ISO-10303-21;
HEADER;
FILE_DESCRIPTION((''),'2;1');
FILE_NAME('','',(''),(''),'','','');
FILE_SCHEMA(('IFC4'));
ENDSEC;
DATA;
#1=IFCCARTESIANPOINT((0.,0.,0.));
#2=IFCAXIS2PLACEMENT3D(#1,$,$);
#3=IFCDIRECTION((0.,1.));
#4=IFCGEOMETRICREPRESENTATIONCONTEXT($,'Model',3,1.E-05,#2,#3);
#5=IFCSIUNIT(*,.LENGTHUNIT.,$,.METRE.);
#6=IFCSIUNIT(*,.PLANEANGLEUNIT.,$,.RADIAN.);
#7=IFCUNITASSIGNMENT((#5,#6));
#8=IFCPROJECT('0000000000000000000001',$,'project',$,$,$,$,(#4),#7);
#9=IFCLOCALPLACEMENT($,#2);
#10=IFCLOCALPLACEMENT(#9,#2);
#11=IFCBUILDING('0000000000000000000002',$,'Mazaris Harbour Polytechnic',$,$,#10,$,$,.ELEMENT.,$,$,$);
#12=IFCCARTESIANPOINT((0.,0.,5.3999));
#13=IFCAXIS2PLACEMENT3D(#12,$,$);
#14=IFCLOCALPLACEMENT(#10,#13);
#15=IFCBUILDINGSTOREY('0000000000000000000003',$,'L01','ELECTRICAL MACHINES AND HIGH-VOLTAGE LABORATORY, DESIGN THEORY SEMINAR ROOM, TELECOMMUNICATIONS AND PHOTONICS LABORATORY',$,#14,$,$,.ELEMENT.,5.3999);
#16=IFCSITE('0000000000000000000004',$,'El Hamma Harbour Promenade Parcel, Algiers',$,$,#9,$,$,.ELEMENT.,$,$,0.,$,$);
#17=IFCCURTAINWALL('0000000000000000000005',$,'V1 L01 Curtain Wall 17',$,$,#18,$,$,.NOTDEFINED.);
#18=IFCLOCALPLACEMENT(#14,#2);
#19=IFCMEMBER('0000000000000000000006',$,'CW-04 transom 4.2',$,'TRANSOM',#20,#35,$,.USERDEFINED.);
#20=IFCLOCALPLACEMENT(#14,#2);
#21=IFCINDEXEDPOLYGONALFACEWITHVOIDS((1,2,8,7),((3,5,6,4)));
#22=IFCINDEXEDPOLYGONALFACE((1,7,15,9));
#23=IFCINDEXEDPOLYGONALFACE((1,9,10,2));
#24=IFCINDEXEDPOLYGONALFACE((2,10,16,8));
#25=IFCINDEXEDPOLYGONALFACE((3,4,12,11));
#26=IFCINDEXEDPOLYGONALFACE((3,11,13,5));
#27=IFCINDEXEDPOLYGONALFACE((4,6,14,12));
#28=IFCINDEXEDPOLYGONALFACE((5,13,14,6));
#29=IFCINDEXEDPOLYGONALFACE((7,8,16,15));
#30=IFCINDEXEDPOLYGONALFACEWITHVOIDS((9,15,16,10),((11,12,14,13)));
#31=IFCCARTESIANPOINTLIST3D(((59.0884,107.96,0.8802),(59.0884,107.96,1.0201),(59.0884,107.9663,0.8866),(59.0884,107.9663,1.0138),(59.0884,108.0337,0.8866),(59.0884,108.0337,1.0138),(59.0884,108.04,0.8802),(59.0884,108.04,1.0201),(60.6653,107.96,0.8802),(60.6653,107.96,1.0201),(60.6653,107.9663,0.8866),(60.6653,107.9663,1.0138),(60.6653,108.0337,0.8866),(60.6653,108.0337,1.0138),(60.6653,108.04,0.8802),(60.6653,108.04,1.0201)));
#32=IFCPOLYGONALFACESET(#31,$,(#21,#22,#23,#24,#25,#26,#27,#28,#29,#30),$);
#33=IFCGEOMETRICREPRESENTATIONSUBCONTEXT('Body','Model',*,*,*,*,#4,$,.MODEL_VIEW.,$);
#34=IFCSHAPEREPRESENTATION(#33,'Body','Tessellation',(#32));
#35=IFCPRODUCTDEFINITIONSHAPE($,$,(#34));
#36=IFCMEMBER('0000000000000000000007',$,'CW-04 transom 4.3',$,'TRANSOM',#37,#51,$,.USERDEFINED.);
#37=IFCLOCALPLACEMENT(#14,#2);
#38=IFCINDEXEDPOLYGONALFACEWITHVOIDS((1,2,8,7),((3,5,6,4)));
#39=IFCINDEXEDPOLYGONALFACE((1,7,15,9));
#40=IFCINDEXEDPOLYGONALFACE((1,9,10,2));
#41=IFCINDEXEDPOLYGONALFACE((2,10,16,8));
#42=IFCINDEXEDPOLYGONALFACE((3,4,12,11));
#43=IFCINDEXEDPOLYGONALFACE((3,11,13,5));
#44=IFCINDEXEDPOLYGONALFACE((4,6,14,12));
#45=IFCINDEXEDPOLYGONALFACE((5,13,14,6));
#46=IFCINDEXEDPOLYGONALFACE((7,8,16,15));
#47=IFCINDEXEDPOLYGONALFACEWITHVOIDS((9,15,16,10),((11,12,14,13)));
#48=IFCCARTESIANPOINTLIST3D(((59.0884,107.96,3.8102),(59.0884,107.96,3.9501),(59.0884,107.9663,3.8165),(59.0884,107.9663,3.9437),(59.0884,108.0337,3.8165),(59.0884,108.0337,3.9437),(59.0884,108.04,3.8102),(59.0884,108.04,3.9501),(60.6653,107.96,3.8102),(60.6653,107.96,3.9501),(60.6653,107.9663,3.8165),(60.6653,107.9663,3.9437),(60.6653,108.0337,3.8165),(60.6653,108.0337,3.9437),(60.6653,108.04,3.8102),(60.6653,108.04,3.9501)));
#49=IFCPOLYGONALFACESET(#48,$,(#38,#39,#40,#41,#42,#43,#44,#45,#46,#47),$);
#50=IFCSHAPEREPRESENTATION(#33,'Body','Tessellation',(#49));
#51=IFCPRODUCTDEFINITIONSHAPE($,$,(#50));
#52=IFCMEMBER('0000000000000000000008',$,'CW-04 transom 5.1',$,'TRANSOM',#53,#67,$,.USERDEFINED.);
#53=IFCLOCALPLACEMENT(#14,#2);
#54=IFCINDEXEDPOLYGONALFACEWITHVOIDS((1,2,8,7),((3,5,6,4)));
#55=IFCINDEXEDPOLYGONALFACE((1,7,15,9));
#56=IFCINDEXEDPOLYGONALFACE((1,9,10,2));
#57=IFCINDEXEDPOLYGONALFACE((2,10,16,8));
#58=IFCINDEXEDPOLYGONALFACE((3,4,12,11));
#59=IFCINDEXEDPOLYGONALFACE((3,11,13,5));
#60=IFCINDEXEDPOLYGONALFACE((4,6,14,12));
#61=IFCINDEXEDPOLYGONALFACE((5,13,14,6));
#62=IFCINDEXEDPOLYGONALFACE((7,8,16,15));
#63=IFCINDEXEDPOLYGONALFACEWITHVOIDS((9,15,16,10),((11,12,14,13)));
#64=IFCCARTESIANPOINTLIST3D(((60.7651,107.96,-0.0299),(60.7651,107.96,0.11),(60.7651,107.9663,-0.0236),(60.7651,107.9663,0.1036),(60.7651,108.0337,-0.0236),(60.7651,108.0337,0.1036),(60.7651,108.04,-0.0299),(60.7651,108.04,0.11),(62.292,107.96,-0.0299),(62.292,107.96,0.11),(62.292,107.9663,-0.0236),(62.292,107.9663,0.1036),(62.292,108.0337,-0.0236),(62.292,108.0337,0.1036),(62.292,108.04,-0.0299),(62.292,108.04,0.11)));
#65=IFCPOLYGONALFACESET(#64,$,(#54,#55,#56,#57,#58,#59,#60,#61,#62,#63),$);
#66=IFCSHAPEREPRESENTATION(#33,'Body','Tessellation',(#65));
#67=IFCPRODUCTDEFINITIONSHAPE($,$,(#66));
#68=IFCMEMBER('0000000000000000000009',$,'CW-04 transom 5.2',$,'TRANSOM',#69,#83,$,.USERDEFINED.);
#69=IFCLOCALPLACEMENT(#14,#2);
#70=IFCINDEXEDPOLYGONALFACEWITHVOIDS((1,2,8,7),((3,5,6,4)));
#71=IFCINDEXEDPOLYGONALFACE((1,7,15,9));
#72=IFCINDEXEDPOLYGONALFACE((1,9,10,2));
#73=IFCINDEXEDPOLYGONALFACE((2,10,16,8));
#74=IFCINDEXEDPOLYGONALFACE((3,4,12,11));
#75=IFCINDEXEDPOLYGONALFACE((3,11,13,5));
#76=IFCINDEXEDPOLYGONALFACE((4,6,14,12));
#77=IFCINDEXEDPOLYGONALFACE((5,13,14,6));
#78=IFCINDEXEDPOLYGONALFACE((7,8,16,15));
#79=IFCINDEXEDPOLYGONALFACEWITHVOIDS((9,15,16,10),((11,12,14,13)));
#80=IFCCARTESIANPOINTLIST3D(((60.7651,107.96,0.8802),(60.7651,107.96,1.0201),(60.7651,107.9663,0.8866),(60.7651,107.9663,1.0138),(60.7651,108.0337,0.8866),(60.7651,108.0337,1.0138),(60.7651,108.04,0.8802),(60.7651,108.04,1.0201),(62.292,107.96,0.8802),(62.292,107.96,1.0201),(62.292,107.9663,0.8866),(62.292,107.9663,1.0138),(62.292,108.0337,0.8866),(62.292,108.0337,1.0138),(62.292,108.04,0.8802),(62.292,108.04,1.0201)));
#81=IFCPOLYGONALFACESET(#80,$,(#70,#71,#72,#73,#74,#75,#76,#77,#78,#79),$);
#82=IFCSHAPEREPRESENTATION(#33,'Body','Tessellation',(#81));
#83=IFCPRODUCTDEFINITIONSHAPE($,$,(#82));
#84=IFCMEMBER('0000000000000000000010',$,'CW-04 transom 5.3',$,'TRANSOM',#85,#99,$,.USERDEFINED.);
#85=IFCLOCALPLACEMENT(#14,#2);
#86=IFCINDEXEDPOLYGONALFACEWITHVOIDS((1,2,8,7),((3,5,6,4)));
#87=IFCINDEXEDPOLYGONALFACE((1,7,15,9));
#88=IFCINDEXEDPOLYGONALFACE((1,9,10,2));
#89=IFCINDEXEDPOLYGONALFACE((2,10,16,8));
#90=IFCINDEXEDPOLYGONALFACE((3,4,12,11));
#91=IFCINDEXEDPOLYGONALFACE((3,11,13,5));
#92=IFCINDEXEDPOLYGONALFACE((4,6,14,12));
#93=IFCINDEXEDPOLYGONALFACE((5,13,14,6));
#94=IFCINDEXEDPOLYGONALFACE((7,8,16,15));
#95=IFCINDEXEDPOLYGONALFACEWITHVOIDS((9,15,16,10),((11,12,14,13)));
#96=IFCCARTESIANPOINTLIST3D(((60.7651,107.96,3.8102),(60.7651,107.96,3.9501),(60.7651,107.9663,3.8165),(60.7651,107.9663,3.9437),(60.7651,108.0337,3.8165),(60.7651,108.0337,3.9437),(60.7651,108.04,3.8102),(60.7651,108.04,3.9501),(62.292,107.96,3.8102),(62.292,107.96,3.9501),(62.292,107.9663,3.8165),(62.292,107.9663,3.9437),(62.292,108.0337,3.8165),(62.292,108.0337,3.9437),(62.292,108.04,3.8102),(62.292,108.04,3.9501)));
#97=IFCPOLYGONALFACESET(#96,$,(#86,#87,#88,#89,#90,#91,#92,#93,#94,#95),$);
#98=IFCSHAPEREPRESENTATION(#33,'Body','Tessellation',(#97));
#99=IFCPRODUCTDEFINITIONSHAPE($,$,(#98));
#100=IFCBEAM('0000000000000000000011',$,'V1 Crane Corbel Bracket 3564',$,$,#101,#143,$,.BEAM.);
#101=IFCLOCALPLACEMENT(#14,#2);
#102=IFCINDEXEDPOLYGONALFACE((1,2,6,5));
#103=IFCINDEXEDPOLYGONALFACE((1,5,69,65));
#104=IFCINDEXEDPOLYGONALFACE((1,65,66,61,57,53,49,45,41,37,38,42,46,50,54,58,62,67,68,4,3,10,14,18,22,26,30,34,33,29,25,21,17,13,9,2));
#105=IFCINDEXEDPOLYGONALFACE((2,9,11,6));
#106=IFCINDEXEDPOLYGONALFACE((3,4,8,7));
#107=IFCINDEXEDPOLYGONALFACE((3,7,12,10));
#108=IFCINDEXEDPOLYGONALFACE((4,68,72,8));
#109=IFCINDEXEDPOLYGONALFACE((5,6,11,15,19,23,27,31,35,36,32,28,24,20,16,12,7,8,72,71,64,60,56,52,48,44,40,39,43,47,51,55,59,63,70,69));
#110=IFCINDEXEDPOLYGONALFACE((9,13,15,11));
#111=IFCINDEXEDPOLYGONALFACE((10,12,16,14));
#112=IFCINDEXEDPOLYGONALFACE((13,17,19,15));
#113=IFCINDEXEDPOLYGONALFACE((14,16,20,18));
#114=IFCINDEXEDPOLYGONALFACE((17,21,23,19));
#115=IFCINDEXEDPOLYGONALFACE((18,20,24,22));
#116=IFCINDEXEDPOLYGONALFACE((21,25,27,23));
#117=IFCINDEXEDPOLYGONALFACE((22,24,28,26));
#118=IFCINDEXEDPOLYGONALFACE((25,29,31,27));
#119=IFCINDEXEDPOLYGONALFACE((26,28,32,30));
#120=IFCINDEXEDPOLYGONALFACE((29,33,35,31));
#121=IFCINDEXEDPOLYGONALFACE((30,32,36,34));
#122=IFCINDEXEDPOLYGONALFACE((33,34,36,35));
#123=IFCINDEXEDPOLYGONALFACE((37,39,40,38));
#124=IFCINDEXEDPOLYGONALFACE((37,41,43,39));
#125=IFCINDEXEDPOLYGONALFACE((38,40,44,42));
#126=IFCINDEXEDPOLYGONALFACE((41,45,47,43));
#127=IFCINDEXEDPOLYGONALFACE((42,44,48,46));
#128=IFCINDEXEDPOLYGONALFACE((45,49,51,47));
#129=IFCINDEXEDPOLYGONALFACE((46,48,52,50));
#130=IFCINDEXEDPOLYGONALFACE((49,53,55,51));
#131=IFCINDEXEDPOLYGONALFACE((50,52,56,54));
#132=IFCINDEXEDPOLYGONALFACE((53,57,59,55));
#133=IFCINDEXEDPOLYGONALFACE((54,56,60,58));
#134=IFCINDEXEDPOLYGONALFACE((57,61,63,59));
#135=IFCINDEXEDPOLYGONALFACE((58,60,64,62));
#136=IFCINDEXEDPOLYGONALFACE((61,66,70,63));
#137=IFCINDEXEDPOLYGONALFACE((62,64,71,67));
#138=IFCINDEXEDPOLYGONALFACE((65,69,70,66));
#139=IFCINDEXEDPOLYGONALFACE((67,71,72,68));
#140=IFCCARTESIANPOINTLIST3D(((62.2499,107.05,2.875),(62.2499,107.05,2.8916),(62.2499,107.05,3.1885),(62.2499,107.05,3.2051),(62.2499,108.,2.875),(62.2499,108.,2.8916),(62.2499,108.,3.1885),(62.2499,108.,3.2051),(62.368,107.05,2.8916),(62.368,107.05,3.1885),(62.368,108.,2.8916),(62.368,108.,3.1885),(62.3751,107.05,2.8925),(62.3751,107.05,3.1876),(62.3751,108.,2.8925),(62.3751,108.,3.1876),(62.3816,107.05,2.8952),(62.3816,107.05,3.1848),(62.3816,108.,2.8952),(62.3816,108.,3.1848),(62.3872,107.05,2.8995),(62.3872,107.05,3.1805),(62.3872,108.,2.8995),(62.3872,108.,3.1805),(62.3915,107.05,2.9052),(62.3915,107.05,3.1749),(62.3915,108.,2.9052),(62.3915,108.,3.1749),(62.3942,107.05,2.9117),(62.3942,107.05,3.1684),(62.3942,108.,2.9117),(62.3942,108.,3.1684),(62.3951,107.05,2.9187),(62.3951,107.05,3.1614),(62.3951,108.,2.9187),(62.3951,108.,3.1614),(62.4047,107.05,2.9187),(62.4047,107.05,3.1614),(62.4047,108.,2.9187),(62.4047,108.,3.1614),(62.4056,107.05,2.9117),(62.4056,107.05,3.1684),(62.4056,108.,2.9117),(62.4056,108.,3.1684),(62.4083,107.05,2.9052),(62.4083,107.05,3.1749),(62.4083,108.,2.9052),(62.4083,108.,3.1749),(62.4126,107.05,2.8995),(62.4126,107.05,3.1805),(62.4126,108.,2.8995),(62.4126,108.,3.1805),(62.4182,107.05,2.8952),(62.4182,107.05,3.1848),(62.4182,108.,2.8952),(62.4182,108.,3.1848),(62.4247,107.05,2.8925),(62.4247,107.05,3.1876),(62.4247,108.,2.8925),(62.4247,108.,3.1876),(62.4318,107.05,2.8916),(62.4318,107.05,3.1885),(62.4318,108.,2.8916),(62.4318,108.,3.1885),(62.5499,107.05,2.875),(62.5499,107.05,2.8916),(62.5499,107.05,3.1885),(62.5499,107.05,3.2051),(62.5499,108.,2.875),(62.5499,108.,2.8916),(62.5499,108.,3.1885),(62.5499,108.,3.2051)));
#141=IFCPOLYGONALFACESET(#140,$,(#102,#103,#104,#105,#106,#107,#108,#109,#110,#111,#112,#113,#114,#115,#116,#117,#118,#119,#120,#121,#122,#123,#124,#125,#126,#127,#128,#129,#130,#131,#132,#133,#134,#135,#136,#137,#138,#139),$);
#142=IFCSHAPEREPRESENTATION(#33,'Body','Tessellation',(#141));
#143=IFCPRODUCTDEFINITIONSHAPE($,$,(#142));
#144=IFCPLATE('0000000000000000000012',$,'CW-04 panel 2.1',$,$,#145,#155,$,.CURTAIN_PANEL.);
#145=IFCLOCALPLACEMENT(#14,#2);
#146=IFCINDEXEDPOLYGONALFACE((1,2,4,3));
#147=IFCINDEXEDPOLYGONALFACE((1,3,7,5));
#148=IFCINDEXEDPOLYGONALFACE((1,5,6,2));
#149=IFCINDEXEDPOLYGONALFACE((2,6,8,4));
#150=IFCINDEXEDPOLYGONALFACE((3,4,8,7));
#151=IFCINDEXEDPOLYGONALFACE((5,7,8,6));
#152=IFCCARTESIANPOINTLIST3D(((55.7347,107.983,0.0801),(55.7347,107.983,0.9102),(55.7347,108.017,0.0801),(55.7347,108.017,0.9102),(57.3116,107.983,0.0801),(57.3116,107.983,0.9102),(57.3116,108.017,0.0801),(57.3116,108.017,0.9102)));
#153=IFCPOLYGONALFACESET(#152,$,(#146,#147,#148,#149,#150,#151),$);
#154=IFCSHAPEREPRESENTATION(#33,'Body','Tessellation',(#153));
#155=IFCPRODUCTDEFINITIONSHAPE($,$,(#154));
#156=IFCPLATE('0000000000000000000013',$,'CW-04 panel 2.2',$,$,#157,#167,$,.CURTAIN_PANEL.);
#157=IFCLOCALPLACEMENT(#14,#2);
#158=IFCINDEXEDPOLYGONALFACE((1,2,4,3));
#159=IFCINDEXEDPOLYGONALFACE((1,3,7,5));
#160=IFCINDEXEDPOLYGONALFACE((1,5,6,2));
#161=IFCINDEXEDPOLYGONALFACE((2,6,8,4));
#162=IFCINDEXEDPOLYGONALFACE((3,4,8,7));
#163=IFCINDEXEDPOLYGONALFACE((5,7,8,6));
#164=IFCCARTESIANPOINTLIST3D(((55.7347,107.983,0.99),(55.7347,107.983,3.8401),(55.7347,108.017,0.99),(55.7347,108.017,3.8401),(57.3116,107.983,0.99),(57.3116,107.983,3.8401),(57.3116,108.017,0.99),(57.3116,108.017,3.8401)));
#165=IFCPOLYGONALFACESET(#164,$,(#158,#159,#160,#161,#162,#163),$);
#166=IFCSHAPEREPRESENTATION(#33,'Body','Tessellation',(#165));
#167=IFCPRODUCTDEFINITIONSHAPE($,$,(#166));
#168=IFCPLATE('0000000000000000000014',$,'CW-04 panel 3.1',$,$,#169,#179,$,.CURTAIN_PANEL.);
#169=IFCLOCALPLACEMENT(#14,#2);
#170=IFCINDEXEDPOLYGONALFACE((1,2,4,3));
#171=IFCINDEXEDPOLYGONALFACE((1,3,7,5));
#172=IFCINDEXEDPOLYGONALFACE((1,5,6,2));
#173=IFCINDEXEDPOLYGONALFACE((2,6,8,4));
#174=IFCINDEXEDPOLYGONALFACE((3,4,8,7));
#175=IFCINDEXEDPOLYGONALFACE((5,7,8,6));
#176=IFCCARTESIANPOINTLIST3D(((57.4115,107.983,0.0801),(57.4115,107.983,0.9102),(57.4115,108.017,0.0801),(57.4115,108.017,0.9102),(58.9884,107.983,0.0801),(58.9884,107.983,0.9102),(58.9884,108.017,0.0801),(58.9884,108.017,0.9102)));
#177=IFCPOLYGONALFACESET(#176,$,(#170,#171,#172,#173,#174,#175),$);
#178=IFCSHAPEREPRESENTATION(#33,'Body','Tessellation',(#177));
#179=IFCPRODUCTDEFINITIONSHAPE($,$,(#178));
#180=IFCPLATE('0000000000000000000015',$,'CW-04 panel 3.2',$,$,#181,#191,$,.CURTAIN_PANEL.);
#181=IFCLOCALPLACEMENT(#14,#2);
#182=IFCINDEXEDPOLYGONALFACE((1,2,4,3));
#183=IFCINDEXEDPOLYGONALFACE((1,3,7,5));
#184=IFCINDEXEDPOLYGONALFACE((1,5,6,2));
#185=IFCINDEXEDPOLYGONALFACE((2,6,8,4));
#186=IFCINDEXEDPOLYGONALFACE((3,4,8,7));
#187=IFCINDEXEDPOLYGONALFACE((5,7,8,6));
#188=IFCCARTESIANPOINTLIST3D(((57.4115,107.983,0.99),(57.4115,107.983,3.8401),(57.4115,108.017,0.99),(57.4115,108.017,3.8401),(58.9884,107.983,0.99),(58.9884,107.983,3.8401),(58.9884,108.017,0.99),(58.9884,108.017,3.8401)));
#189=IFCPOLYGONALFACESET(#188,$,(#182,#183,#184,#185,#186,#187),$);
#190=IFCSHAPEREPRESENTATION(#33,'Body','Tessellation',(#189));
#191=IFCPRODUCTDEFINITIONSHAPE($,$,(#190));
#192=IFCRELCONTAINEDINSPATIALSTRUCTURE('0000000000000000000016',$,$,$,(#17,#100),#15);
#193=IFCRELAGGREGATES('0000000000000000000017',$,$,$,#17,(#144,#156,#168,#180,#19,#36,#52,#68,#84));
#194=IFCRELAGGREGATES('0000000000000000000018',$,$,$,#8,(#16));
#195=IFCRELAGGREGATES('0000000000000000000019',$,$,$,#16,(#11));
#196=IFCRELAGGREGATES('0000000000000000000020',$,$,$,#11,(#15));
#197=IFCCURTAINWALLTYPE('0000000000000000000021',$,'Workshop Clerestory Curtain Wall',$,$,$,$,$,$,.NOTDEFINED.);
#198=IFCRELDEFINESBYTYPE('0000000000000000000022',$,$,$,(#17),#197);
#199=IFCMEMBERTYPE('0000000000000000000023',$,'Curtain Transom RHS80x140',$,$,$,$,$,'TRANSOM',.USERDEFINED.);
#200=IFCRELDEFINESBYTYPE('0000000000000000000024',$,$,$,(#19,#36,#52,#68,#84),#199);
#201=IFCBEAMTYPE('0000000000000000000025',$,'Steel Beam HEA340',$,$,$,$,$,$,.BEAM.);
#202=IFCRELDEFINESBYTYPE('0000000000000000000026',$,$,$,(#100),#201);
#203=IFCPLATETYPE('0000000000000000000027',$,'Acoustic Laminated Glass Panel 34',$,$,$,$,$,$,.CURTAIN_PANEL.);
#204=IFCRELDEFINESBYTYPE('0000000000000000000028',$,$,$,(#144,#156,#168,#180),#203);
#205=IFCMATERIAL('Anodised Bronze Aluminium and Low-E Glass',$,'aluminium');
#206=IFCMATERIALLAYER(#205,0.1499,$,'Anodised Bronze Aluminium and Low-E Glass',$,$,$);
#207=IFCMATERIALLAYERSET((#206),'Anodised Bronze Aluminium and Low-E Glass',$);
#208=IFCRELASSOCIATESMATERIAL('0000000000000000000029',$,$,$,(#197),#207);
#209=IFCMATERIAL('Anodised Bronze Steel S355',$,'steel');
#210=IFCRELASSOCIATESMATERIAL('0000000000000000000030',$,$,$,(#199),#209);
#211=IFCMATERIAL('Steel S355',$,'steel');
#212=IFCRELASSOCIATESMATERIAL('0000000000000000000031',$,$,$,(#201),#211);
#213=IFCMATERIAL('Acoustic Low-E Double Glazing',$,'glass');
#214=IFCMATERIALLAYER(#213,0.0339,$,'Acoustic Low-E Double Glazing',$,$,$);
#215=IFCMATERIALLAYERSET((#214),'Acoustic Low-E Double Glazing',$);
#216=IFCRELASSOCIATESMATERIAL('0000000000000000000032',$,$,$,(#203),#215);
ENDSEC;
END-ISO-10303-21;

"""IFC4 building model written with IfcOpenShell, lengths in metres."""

from ifc_helpers import new_model, si_unit, direction, frame, origin, origin_2d, place, context, subcontext, project, spatial, rectangle, hollow_rectangle, i_section, extrude, material, layer, layer_set, material_profile, profile_set, type_object, element, aggregate, save


model = new_model("IFC4")

# Units and contexts
model_context = context("Model", 3, precision=1e-05, world=origin(), true_north=direction((0.0, 1.0)))
body_context = subcontext(model_context, "Body", "Model", "MODEL_VIEW")
ifc_project = project(units=[si_unit("LENGTHUNIT", "METRE"), si_unit("PLANEANGLEUNIT", "RADIAN")], contexts=[model_context])

# Site, building, storey
site_placement = place(None, origin())
site = spatial("IfcSite", under=ifc_project, at=site_placement, Name="El Hamma Harbour Promenade Parcel, Algiers", CompositionType="ELEMENT", RefElevation=0.0)
building_placement = place(site_placement, origin())
building = spatial("IfcBuilding", under=site, at=building_placement, Name="Mazaris Harbour Polytechnic", CompositionType="ELEMENT")
storey_placement = place(building_placement, frame((0.0, 0.0, 5.3999)))
storey = spatial("IfcBuildingStorey", under=building, at=storey_placement, Name="L01", Description="ELECTRICAL MACHINES AND HIGH-VOLTAGE LABORATORY, DESIGN THEORY SEMINAR ROOM, TELECOMMUNICATIONS AND PHOTONICS LABORATORY", CompositionType="ELEMENT", Elevation=5.3999)

# Curtain wall, members
ifc_material_1 = material(Name="Anodised Bronze Aluminium and Low-E Glass", Category="aluminium")
ifc_layer_1 = layer(ifc_material_1, 0.1499, Name="Anodised Bronze Aluminium and Low-E Glass")
ifc_layer_set_1 = layer_set([ifc_layer_1], Name="Anodised Bronze Aluminium and Low-E Glass")
curtain_wall_type = type_object("IfcCurtainWallType", Name="Workshop Clerestory Curtain Wall", PredefinedType="NOTDEFINED", material=ifc_layer_set_1)
curtain_wall_placement = place(storey_placement, origin())
curtain_wall = element("IfcCurtainWall", 1, at=curtain_wall_placement, inside=storey, type_object=curtain_wall_type, Name="V1 L01 Curtain Wall 17", PredefinedType="NOTDEFINED")
ifc_material_2 = material(Name="Anodised Bronze Steel S355", Category="steel")
ifc_material_profile_1 = material_profile(ifc_material_2, hollow_rectangle(XDim=0.0801, YDim=0.1399, WallThickness=0.0063, at=origin_2d()), Name="RHS 80x140x6.3")
ifc_profile_set_1 = profile_set([ifc_material_profile_1], Name="Anodised Bronze Steel S355")
member_type_1 = type_object("IfcMemberType", Name="Curtain Transom RHS80x140", ElementType="TRANSOM", PredefinedType="USERDEFINED", material=ifc_profile_set_1)
member_1_placement = place(storey_placement, frame((59.0884, 108.0, 0.9502), z_axis=(1.0, 0.0, 0.0), x_axis=(0.0, 1.0, 0.0)))
member_1 = element("IfcMember", 2, at=member_1_placement, type_object=member_type_1, Name="CW-04 transom 4.2", ObjectType="TRANSOM", PredefinedType="USERDEFINED", context=body_context, shape_type="SweptSolid", body=[
    extrude(hollow_rectangle(XDim=0.0801, YDim=0.1399, WallThickness=0.0063, at=origin_2d()), origin(), (0.0, 0.0, 1.0), 1.5769),
])
member_2_placement = place(storey_placement, frame((59.0884, 108.0, 3.8801), z_axis=(1.0, 0.0, 0.0), x_axis=(0.0, 1.0, 0.0)))
member_2 = element("IfcMember", 3, at=member_2_placement, type_object=member_type_1, Name="CW-04 transom 4.3", ObjectType="TRANSOM", PredefinedType="USERDEFINED", context=body_context, shape_type="SweptSolid", body=[
    extrude(hollow_rectangle(XDim=0.0801, YDim=0.1399, WallThickness=0.0063, at=origin_2d()), origin(), (0.0, 0.0, 1.0), 1.5769),
])
member_3_placement = place(storey_placement, frame((60.7651, 108.0, 0.04), z_axis=(1.0, 0.0, 0.0), x_axis=(0.0, 1.0, 0.0)))
member_3 = element("IfcMember", 4, at=member_3_placement, type_object=member_type_1, Name="CW-04 transom 5.1", ObjectType="TRANSOM", PredefinedType="USERDEFINED", context=body_context, shape_type="SweptSolid", body=[
    extrude(hollow_rectangle(XDim=0.0801, YDim=0.1399, WallThickness=0.0063, at=origin_2d()), origin(), (0.0, 0.0, 1.0), 1.5269),
])
member_4_placement = place(storey_placement, frame((60.7651, 108.0, 0.9502), z_axis=(1.0, 0.0, 0.0), x_axis=(0.0, 1.0, 0.0)))
member_4 = element("IfcMember", 5, at=member_4_placement, type_object=member_type_1, Name="CW-04 transom 5.2", ObjectType="TRANSOM", PredefinedType="USERDEFINED", context=body_context, shape_type="SweptSolid", body=[
    extrude(hollow_rectangle(XDim=0.0801, YDim=0.1399, WallThickness=0.0063, at=origin_2d()), origin(), (0.0, 0.0, 1.0), 1.5269),
])
member_5_placement = place(storey_placement, frame((60.7651, 108.0, 3.8801), z_axis=(1.0, 0.0, 0.0), x_axis=(0.0, 1.0, 0.0)))
member_5 = element("IfcMember", 6, at=member_5_placement, type_object=member_type_1, Name="CW-04 transom 5.3", ObjectType="TRANSOM", PredefinedType="USERDEFINED", context=body_context, shape_type="SweptSolid", body=[
    extrude(hollow_rectangle(XDim=0.0801, YDim=0.1399, WallThickness=0.0063, at=origin_2d()), origin(), (0.0, 0.0, 1.0), 1.5269),
])

# Beam
ifc_material_3 = material(Name="Steel S355", Category="steel")
ifc_material_profile_2 = material_profile(ifc_material_3, i_section(OverallWidth=0.3, OverallDepth=0.3301, WebThickness=0.0095, FlangeThickness=0.0166, FilletRadius=0.0271, at=origin_2d()), Name="HEA 340")
ifc_profile_set_2 = profile_set([ifc_material_profile_2], Name="Steel S355")
beam_type = type_object("IfcBeamType", Name="Steel Beam HEA340", PredefinedType="BEAM", material=ifc_profile_set_2)
beam_placement = place(storey_placement, frame((62.3999, 108.0, 3.04), z_axis=(0.0, -1.0, 0.0), x_axis=(1.0, 0.0, 0.0)))
element("IfcBeam", 7, at=beam_placement, inside=storey, type_object=beam_type, Name="V1 Crane Corbel Bracket 3564", PredefinedType="BEAM", context=body_context, shape_type="SweptSolid", body=[
    extrude(i_section(OverallWidth=0.3, OverallDepth=0.3301, WebThickness=0.0095, FlangeThickness=0.0166, FilletRadius=0.0271, at=origin_2d()), origin(), (0.0, 0.0, 1.0), 0.95),
])

# Plates
ifc_material_4 = material(Name="Acoustic Low-E Double Glazing", Category="glass")
ifc_layer_2 = layer(ifc_material_4, 0.0339, Name="Acoustic Low-E Double Glazing")
ifc_layer_set_2 = layer_set([ifc_layer_2], Name="Acoustic Low-E Double Glazing")
plate_type_1 = type_object("IfcPlateType", Name="Acoustic Laminated Glass Panel 34", PredefinedType="CURTAIN_PANEL", material=ifc_layer_set_2)
plate_1_placement = place(storey_placement, frame((56.5232, 108.0, 0.0801), z_axis=(0.0, 0.0, 1.0), x_axis=(1.0, 0.0, 0.0)))
plate_1 = element("IfcPlate", 8, at=plate_1_placement, type_object=plate_type_1, Name="CW-04 panel 2.1", PredefinedType="CURTAIN_PANEL", context=body_context, shape_type="SweptSolid", body=[
    extrude(rectangle(XDim=1.5769, YDim=0.0339, at=origin_2d()), origin(), (0.0, 0.0, 1.0), 0.8301),
])
plate_2_placement = place(storey_placement, frame((56.5232, 108.0, 0.99), z_axis=(0.0, 0.0, 1.0), x_axis=(1.0, 0.0, 0.0)))
plate_2 = element("IfcPlate", 9, at=plate_2_placement, type_object=plate_type_1, Name="CW-04 panel 2.2", PredefinedType="CURTAIN_PANEL", context=body_context, shape_type="SweptSolid", body=[
    extrude(rectangle(XDim=1.5769, YDim=0.0339, at=origin_2d()), origin(), (0.0, 0.0, 1.0), 2.8501),
])
plate_3_placement = place(storey_placement, frame((58.2, 108.0, 0.0801), z_axis=(0.0, 0.0, 1.0), x_axis=(1.0, 0.0, 0.0)))
plate_3 = element("IfcPlate", 10, at=plate_3_placement, type_object=plate_type_1, Name="CW-04 panel 3.1", PredefinedType="CURTAIN_PANEL", context=body_context, shape_type="SweptSolid", body=[
    extrude(rectangle(XDim=1.5769, YDim=0.0339, at=origin_2d()), origin(), (0.0, 0.0, 1.0), 0.8301),
])
plate_4_placement = place(storey_placement, frame((58.2, 108.0, 0.99), z_axis=(0.0, 0.0, 1.0), x_axis=(1.0, 0.0, 0.0)))
plate_4 = element("IfcPlate", 11, at=plate_4_placement, type_object=plate_type_1, Name="CW-04 panel 3.2", PredefinedType="CURTAIN_PANEL", context=body_context, shape_type="SweptSolid", body=[
    extrude(rectangle(XDim=1.5769, YDim=0.0339, at=origin_2d()), origin(), (0.0, 0.0, 1.0), 2.8501),
])
aggregate(curtain_wall, [plate_1, plate_2, plate_3, plate_4, member_1, member_2, member_3, member_4, member_5])

save(model, "model.ifc")
